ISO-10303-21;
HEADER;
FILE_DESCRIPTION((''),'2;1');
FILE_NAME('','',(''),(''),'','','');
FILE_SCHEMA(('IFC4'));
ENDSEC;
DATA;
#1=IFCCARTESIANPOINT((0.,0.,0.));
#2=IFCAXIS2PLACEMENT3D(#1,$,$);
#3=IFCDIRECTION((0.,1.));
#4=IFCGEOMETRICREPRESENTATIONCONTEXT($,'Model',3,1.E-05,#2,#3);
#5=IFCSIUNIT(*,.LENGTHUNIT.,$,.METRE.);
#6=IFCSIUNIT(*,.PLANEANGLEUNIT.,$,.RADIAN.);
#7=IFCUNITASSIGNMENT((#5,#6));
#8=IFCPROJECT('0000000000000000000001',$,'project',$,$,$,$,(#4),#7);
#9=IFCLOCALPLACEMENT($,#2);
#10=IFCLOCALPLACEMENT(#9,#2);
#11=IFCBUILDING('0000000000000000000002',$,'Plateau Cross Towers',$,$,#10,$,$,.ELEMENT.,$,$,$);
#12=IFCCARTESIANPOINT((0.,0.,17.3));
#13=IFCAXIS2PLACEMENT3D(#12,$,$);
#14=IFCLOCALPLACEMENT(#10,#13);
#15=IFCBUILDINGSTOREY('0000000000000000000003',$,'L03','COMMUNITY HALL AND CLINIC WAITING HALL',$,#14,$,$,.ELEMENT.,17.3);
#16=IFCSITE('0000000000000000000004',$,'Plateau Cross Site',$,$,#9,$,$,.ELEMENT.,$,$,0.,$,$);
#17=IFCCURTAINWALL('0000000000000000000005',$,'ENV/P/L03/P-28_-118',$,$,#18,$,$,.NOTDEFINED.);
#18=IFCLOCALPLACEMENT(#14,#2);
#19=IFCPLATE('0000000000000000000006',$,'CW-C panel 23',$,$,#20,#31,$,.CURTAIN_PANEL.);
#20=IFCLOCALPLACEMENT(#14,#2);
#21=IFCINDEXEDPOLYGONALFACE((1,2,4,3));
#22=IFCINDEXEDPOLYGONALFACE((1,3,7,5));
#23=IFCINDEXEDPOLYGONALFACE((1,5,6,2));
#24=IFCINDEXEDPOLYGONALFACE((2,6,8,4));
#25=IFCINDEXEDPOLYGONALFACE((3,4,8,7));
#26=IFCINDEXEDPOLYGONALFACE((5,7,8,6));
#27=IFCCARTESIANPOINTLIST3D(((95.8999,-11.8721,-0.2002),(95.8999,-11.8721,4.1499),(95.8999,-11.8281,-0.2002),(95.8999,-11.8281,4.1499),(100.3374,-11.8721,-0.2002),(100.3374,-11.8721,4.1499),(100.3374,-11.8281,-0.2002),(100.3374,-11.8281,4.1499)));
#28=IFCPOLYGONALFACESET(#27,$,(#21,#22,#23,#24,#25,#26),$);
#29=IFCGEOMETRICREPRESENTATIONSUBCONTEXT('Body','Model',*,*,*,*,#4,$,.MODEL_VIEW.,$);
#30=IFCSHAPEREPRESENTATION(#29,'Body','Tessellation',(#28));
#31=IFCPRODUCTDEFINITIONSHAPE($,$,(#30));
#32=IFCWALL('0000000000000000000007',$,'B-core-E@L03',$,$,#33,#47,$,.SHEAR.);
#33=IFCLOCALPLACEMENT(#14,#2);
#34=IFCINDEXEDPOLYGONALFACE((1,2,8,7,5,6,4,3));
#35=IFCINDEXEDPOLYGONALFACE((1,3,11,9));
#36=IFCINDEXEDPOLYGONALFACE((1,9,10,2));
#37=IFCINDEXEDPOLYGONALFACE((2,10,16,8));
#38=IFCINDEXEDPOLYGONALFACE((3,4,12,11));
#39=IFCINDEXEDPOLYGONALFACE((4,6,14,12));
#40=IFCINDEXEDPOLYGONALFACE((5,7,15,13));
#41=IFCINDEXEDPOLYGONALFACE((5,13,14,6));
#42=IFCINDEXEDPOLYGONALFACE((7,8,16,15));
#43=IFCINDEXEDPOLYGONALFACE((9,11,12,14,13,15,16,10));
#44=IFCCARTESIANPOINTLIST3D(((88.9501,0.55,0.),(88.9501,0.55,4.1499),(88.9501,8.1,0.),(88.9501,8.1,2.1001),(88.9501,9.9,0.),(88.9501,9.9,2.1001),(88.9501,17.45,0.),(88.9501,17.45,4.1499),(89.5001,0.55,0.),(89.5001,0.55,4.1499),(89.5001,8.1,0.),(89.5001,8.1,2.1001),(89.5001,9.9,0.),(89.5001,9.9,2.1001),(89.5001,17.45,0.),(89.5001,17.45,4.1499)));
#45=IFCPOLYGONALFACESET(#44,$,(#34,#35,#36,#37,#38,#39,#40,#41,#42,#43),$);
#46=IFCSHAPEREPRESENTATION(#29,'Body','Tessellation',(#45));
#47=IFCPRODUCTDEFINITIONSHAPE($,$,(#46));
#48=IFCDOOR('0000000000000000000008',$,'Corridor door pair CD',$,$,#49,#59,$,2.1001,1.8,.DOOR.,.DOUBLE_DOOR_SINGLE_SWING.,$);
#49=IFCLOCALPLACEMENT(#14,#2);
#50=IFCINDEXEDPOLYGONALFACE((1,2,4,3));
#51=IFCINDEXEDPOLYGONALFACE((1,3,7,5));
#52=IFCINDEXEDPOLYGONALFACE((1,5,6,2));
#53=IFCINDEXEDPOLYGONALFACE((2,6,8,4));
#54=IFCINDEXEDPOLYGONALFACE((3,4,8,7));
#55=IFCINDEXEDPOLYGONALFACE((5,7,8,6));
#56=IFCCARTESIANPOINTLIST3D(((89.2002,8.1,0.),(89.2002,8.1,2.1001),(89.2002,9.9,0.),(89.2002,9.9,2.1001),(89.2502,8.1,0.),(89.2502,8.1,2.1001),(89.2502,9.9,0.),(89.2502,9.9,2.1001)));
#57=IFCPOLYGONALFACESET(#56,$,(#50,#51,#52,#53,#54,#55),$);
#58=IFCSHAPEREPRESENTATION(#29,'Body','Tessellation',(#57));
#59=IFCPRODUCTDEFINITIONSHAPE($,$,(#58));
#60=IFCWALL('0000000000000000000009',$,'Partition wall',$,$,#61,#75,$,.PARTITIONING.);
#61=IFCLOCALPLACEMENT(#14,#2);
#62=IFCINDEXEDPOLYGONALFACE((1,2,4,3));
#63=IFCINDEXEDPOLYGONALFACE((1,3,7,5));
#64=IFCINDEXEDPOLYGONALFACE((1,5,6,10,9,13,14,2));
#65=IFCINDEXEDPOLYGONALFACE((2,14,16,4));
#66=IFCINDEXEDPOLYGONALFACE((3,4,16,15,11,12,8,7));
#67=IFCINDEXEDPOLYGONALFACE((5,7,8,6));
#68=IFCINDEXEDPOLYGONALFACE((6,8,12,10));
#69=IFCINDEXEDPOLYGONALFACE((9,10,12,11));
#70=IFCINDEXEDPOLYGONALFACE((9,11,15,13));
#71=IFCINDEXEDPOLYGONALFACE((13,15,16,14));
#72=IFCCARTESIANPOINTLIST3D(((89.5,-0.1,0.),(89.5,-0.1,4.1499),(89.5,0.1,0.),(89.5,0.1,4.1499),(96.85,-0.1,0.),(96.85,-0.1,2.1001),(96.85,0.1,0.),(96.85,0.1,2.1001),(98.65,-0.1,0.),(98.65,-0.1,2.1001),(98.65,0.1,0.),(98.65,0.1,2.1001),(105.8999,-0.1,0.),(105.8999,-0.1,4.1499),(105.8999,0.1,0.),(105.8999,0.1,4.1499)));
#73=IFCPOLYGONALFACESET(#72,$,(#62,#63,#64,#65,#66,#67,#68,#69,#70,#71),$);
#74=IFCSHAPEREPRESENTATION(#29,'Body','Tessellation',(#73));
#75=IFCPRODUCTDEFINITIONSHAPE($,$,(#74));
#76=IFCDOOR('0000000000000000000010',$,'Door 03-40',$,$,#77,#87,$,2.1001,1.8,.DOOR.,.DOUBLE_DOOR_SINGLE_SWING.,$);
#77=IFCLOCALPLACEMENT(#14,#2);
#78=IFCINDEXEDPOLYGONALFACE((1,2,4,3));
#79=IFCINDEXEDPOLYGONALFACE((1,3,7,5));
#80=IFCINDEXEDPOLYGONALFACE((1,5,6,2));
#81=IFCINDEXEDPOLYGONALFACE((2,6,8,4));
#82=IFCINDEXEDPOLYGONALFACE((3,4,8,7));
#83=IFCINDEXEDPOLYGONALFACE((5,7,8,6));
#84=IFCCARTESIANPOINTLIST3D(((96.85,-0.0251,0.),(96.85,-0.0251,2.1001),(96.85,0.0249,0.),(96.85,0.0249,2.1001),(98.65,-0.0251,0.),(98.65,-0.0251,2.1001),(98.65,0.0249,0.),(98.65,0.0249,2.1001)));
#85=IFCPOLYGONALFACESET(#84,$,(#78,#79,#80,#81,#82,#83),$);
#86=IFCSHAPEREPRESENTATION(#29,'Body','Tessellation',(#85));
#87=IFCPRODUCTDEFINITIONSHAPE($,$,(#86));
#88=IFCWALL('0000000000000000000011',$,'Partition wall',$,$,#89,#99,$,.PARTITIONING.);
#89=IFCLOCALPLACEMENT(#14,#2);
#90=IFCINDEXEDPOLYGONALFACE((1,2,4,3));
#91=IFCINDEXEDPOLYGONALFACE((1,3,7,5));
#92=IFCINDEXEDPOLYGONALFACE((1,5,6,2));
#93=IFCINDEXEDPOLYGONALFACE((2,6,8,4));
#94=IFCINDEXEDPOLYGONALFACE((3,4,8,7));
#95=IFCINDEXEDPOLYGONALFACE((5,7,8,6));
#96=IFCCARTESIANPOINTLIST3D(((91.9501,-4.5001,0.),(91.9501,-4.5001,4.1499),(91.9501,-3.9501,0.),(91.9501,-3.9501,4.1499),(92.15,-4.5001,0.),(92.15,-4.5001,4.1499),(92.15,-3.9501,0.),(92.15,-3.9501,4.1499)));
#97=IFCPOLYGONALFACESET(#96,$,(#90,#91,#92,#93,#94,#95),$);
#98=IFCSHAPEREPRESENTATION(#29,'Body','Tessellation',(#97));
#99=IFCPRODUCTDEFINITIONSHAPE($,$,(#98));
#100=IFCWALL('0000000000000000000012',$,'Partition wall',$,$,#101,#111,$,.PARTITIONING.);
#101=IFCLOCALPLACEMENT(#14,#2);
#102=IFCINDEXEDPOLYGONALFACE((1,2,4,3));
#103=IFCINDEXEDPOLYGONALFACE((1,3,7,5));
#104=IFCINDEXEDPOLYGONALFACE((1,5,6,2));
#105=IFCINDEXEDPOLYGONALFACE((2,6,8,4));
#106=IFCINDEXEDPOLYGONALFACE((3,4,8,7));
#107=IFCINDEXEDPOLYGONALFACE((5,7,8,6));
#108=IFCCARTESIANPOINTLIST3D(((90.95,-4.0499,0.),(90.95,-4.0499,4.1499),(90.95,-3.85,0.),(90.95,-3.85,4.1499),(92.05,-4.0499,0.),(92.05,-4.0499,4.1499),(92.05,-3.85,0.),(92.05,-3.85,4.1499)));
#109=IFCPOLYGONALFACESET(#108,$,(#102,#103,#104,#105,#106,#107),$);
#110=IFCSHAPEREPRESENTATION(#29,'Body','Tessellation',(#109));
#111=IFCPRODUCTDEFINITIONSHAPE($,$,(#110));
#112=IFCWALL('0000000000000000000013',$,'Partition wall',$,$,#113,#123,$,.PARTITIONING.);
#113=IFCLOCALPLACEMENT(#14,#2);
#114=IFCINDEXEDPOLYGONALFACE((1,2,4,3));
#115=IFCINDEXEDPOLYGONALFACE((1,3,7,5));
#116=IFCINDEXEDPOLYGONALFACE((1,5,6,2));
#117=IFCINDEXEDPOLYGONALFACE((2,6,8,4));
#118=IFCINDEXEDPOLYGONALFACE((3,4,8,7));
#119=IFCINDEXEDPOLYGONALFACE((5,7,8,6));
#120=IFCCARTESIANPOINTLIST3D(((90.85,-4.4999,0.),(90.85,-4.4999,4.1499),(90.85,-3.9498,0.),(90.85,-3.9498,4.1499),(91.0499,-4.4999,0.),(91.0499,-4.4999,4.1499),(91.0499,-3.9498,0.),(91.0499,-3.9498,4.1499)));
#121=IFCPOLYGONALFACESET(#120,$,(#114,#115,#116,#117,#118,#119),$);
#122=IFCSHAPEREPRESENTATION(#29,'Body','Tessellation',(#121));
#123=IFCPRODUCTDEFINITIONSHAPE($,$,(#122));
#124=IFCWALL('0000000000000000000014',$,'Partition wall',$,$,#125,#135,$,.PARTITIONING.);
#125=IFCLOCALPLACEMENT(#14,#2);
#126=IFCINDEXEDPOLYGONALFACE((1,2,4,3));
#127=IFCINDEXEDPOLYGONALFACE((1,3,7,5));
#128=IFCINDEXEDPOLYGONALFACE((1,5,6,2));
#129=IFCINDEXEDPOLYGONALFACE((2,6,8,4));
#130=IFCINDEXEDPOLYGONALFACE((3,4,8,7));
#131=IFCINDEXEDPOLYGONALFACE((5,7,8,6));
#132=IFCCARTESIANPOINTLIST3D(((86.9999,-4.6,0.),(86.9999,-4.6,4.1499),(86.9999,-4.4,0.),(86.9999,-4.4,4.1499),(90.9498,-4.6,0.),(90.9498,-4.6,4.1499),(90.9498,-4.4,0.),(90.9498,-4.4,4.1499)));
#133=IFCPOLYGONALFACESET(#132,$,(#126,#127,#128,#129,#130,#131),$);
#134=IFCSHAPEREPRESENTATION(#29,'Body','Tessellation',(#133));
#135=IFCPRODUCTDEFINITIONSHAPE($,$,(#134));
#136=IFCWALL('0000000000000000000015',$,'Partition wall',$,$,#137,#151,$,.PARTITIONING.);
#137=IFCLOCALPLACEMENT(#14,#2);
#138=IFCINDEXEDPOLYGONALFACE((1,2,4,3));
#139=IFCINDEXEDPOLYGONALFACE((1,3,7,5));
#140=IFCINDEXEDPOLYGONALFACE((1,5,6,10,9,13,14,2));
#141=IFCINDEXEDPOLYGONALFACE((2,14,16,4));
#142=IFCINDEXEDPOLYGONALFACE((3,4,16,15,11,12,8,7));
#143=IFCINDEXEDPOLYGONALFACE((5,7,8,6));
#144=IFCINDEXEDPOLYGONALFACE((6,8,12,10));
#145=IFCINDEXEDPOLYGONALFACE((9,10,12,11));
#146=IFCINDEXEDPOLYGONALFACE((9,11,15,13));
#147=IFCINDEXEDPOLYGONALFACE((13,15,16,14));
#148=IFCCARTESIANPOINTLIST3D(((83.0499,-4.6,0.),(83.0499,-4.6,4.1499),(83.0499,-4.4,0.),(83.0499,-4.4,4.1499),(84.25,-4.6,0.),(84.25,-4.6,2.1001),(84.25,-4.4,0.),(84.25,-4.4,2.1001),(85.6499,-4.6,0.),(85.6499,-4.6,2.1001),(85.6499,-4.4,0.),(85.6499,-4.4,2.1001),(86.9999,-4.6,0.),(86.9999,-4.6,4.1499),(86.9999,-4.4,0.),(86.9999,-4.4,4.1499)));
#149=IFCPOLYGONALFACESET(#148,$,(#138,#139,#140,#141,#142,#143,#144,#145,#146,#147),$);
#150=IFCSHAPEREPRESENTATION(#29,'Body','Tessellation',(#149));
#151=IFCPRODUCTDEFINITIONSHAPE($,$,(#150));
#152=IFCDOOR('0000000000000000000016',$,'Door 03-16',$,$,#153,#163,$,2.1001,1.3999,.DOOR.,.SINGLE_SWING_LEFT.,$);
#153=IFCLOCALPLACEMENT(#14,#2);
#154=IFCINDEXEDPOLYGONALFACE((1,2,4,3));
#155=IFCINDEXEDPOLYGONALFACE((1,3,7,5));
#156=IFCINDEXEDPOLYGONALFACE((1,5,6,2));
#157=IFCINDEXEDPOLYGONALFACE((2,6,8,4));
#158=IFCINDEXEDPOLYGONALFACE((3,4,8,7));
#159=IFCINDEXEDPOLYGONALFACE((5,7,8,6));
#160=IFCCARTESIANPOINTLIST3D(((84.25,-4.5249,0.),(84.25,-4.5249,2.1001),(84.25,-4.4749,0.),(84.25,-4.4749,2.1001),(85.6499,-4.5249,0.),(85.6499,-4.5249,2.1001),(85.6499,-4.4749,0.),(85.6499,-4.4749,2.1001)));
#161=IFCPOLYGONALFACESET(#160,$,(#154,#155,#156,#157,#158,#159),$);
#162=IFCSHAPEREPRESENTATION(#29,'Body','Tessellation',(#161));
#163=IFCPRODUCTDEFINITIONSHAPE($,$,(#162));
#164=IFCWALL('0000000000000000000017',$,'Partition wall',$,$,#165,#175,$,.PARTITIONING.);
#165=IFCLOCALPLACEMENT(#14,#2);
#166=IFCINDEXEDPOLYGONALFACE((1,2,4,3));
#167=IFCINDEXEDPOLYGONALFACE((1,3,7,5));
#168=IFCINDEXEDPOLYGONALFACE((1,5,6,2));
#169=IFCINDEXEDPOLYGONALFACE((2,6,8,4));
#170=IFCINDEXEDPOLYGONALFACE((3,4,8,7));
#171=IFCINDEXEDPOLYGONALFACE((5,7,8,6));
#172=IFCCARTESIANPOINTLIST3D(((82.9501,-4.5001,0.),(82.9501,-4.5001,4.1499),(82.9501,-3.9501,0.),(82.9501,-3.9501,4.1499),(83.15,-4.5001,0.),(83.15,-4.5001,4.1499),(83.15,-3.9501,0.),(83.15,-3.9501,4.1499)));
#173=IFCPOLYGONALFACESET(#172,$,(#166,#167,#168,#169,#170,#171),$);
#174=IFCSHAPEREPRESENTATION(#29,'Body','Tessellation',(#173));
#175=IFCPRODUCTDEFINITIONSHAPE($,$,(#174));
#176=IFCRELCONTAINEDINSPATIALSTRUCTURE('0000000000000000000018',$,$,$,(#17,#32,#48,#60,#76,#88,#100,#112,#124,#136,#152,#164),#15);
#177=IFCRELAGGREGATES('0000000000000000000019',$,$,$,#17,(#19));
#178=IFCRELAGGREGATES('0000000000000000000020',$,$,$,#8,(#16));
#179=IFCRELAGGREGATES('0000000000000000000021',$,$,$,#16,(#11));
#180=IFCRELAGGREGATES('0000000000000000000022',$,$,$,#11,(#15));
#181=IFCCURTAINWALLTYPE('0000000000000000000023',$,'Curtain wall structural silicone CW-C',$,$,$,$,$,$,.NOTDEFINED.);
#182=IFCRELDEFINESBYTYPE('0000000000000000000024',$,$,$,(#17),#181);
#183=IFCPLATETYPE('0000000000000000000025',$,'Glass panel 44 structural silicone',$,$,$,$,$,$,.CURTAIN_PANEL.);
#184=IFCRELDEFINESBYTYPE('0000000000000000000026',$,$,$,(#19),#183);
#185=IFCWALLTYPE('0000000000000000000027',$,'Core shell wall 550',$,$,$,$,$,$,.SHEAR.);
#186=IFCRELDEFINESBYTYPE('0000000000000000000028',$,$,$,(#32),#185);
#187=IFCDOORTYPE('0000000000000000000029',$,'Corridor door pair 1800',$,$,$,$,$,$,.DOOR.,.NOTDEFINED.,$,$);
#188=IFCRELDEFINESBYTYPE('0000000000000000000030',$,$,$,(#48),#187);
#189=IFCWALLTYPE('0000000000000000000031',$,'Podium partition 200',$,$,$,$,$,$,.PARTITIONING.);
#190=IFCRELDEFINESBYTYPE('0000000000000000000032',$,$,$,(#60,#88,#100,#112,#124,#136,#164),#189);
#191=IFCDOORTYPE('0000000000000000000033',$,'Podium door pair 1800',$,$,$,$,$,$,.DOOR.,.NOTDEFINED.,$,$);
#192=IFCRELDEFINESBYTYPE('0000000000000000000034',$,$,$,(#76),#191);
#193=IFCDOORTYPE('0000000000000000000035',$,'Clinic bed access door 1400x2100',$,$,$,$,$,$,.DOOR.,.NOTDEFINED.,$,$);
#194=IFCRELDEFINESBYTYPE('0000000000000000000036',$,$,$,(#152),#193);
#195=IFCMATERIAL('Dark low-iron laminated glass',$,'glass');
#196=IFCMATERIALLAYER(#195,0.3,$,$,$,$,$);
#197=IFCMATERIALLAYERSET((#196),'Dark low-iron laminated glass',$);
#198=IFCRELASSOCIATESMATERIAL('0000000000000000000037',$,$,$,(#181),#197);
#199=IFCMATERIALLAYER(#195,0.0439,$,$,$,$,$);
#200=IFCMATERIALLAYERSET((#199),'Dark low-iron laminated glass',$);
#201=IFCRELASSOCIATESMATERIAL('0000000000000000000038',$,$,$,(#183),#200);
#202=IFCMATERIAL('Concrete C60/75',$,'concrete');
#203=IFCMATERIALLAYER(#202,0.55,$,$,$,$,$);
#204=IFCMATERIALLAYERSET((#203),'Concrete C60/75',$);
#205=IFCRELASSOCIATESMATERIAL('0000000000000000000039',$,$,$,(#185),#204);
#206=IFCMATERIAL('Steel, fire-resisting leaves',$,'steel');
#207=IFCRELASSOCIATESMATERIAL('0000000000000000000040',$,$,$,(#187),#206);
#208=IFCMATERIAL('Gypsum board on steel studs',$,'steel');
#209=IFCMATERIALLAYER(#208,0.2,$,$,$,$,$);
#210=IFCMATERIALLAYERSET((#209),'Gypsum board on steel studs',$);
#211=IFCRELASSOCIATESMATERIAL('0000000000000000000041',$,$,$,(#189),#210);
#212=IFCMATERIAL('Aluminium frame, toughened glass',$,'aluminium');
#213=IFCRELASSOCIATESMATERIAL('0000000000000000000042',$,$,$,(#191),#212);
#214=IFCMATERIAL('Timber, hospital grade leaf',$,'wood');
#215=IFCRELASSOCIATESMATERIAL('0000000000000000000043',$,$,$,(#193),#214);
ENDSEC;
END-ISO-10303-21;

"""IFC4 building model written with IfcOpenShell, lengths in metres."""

from ifc_helpers import new_model, si_unit, direction, frame, frame_2d, origin, origin_2d, place, context, subcontext, project, spatial, rectangle, extrude, material, layer, layer_set, type_object, element, fill, aggregate, save


model = new_model("IFC4")

# Units and contexts
model_context = context("Model", 3, precision=1e-05, world=origin(), true_north=direction((0.0, 1.0)))
body_context = subcontext(model_context, "Body", "Model", "MODEL_VIEW")
ifc_project = project(units=[si_unit("LENGTHUNIT", "METRE"), si_unit("PLANEANGLEUNIT", "RADIAN")], contexts=[model_context])

# Site, building, storey
site_placement = place(None, origin())
site = spatial("IfcSite", under=ifc_project, at=site_placement, Name="Plateau Cross Site", CompositionType="ELEMENT", RefElevation=0.0)
building_placement = place(site_placement, origin())
building = spatial("IfcBuilding", under=site, at=building_placement, Name="Plateau Cross Towers", CompositionType="ELEMENT")
storey_placement = place(building_placement, frame((0.0, 0.0, 17.3)))
storey = spatial("IfcBuildingStorey", under=building, at=storey_placement, Name="L03", Description="COMMUNITY HALL AND CLINIC WAITING HALL", CompositionType="ELEMENT", Elevation=17.3)

# Shared definitions
ifc_material_1 = material(Name="Concrete C60/75", Category="concrete")

# Curtain wall
ifc_material_2 = material(Name="Dark low-iron laminated glass", Category="glass")
ifc_layer_1 = layer(ifc_material_2, 0.3)
ifc_layer_set_1 = layer_set([ifc_layer_1], Name="Dark low-iron laminated glass")
curtain_wall_type = type_object("IfcCurtainWallType", Name="Curtain wall structural silicone CW-C", PredefinedType="NOTDEFINED", material=ifc_layer_set_1)
curtain_wall_placement = place(storey_placement, origin())
curtain_wall = element("IfcCurtainWall", 1, at=curtain_wall_placement, inside=storey, type_object=curtain_wall_type, Name="ENV/P/L03/P-28_-118", PredefinedType="NOTDEFINED")

# Plate
ifc_layer_2 = layer(ifc_material_2, 0.0439)
ifc_layer_set_2 = layer_set([ifc_layer_2], Name="Dark low-iron laminated glass")
plate_type = type_object("IfcPlateType", Name="Glass panel 44 structural silicone", PredefinedType="CURTAIN_PANEL", material=ifc_layer_set_2)
plate_1_placement = place(storey_placement, frame((98.1187, -11.8501, -0.2002), z_axis=(0.0, 0.0, 1.0), x_axis=(1.0, 0.0, 0.0)))
plate_1 = element("IfcPlate", 2, at=plate_1_placement, type_object=plate_type, Name="CW-C panel 23", PredefinedType="CURTAIN_PANEL", context=body_context, shape_type="SweptSolid", body=[
    extrude(rectangle(XDim=4.4375, YDim=0.0439, at=origin_2d()), origin(), (0.0, 0.0, 1.0), 4.3501),
])
aggregate(curtain_wall, [plate_1])

# Walls, openings, doors
ifc_layer_3 = layer(ifc_material_1, 0.55)
ifc_layer_set_3 = layer_set([ifc_layer_3], Name="Concrete C60/75")
wall_type_1 = type_object("IfcWallType", Name="Core shell wall 550", PredefinedType="SHEAR", material=ifc_layer_set_3)
wall_1_placement = place(storey_placement, frame((89.2251, 0.55, 0.0), z_axis=(0.0, 0.0, 1.0), x_axis=(0.0, 1.0, 0.0)))
wall_1 = element("IfcWall", 3, at=wall_1_placement, inside=storey, type_object=wall_type_1, Name="B-core-E@L03", PredefinedType="SHEAR", context=body_context, shape_type="SweptSolid", body=[
    extrude(rectangle(XDim=16.8999, YDim=0.55, at=frame_2d((8.45, 0.0))), origin(), (0.0, 0.0, 1.0), 4.1499),
])
opening_1_placement = place(wall_1_placement, frame((7.55, 0.0, 0.0)))
opening_1 = element("IfcOpeningElement", 4, at=opening_1_placement, cuts=wall_1, PredefinedType="OPENING", context=body_context, shape_type="SweptSolid", body=[
    extrude(rectangle(XDim=1.8, YDim=2.1001, at=frame_2d((0.8999, 1.05))), frame((0.0, 0.2849, 0.0), z_axis=(0.0, -1.0, 0.0), x_axis=(1.0, 0.0, 0.0)), (0.0, 0.0, 1.0), 0.5701),
])
ifc_material_3 = material(Name="Steel, fire-resisting leaves", Category="steel")
door_type_1 = type_object("IfcDoorType", Name="Corridor door pair 1800", OperationType="NOTDEFINED", PredefinedType="DOOR", material=ifc_material_3)
door_1_placement = place(opening_1_placement, origin())
door_1 = element("IfcDoor", 5, at=door_1_placement, inside=storey, type_object=door_type_1, Name="Corridor door pair CD", OperationType="DOUBLE_DOOR_SINGLE_SWING", OverallHeight=2.1001, OverallWidth=1.8, PredefinedType="DOOR", context=body_context, shape_type="SweptSolid", body=[
    extrude(rectangle(XDim=1.8, YDim=2.1001, at=frame_2d((0.8999, 1.05))), frame((0.0, 0.0249, 0.0), z_axis=(0.0, -1.0, 0.0), x_axis=(1.0, 0.0, 0.0)), (0.0, 0.0, 1.0), 0.05),
])
fill(opening_1, door_1)
ifc_material_4 = material(Name="Gypsum board on steel studs", Category="steel")
ifc_layer_4 = layer(ifc_material_4, 0.2)
ifc_layer_set_4 = layer_set([ifc_layer_4], Name="Gypsum board on steel studs")
wall_type_2 = type_object("IfcWallType", Name="Podium partition 200", PredefinedType="PARTITIONING", material=ifc_layer_set_4)
wall_2_placement = place(storey_placement, frame((89.5, 0.0, 0.0), z_axis=(0.0, 0.0, 1.0), x_axis=(1.0, 0.0, 0.0)))
wall_2 = element("IfcWall", 6, at=wall_2_placement, inside=storey, type_object=wall_type_2, Name="Partition wall", PredefinedType="PARTITIONING", context=body_context, shape_type="SweptSolid", body=[
    extrude(rectangle(XDim=16.3999, YDim=0.2, at=frame_2d((8.2, 0.0))), origin(), (0.0, 0.0, 1.0), 4.1499),
])
opening_2_placement = place(wall_2_placement, frame((7.3501, 0.0, 0.0)))
opening_2 = element("IfcOpeningElement", 7, at=opening_2_placement, cuts=wall_2, PredefinedType="OPENING", context=body_context, shape_type="SweptSolid", body=[
    extrude(rectangle(XDim=1.8, YDim=2.1001, at=frame_2d((0.8999, 1.05))), frame((0.0, 0.1099, 0.0), z_axis=(0.0, -1.0, 0.0), x_axis=(1.0, 0.0, 0.0)), (0.0, 0.0, 1.0), 0.22),
])
ifc_material_5 = material(Name="Aluminium frame, toughened glass", Category="aluminium")
door_type_2 = type_object("IfcDoorType", Name="Podium door pair 1800", OperationType="NOTDEFINED", PredefinedType="DOOR", material=ifc_material_5)
door_2_placement = place(opening_2_placement, origin())
door_2 = element("IfcDoor", 8, at=door_2_placement, inside=storey, type_object=door_type_2, Name="Door 03-40", OperationType="DOUBLE_DOOR_SINGLE_SWING", OverallHeight=2.1001, OverallWidth=1.8, PredefinedType="DOOR", context=body_context, shape_type="SweptSolid", body=[
    extrude(rectangle(XDim=1.8, YDim=2.1001, at=frame_2d((0.8999, 1.05))), frame((0.0, 0.0249, 0.0), z_axis=(0.0, -1.0, 0.0), x_axis=(1.0, 0.0, 0.0)), (0.0, 0.0, 1.0), 0.05),
])
fill(opening_2, door_2)

# Walls
wall_3_placement = place(storey_placement, frame((92.05, -4.5, 0.0), z_axis=(0.0, 0.0, 1.0), x_axis=(0.0, 1.0, 0.0)))
element("IfcWall", 9, at=wall_3_placement, inside=storey, type_object=wall_type_2, Name="Partition wall", PredefinedType="PARTITIONING", context=body_context, shape_type="SweptSolid", body=[
    extrude(rectangle(XDim=0.55, YDim=0.2, at=frame_2d((0.2749, 0.0))), origin(), (0.0, 0.0, 1.0), 4.1499),
])
wall_4_placement = place(storey_placement, frame((92.05, -3.95, 0.0), z_axis=(0.0, 0.0, 1.0), x_axis=(-1.0, 0.0, 0.0)))
element("IfcWall", 10, at=wall_4_placement, inside=storey, type_object=wall_type_2, Name="Partition wall", PredefinedType="PARTITIONING", context=body_context, shape_type="SweptSolid", body=[
    extrude(rectangle(XDim=1.1001, YDim=0.2, at=frame_2d((0.55, 0.0))), origin(), (0.0, 0.0, 1.0), 4.1499),
])
wall_5_placement = place(storey_placement, frame((90.95, -3.95, 0.0), z_axis=(0.0, 0.0, 1.0), x_axis=(0.0, -1.0, 0.0)))
element("IfcWall", 11, at=wall_5_placement, inside=storey, type_object=wall_type_2, Name="Partition wall", PredefinedType="PARTITIONING", context=body_context, shape_type="SweptSolid", body=[
    extrude(rectangle(XDim=0.55, YDim=0.2, at=frame_2d((0.2749, 0.0))), origin(), (0.0, 0.0, 1.0), 4.1499),
])
wall_6_placement = place(storey_placement, frame((90.95, -4.5, 0.0), z_axis=(0.0, 0.0, 1.0), x_axis=(-1.0, 0.0, 0.0)))
element("IfcWall", 12, at=wall_6_placement, inside=storey, type_object=wall_type_2, Name="Partition wall", PredefinedType="PARTITIONING", context=body_context, shape_type="SweptSolid", body=[
    extrude(rectangle(XDim=3.95, YDim=0.2, at=frame_2d((1.9751, 0.0))), origin(), (0.0, 0.0, 1.0), 4.1499),
])

# Wall, opening, door
wall_7_placement = place(storey_placement, frame((87.0, -4.5, 0.0), z_axis=(0.0, 0.0, 1.0), x_axis=(-1.0, 0.0, 0.0)))
wall_7 = element("IfcWall", 13, at=wall_7_placement, inside=storey, type_object=wall_type_2, Name="Partition wall", PredefinedType="PARTITIONING", context=body_context, shape_type="SweptSolid", body=[
    extrude(rectangle(XDim=3.95, YDim=0.2, at=frame_2d((1.9751, 0.0))), origin(), (0.0, 0.0, 1.0), 4.1499),
])
opening_3_placement = place(wall_7_placement, frame((1.3501, 0.0, 0.0)))
opening_3 = element("IfcOpeningElement", 14, at=opening_3_placement, cuts=wall_7, PredefinedType="OPENING", context=body_context, shape_type="SweptSolid", body=[
    extrude(rectangle(XDim=1.3999, YDim=2.1001, at=frame_2d((0.7, 1.05))), frame((0.0, 0.1099, 0.0), z_axis=(0.0, -1.0, 0.0), x_axis=(1.0, 0.0, 0.0)), (0.0, 0.0, 1.0), 0.22),
])
ifc_material_6 = material(Name="Timber, hospital grade leaf", Category="wood")
door_type_3 = type_object("IfcDoorType", Name="Clinic bed access door 1400x2100", OperationType="NOTDEFINED", PredefinedType="DOOR", material=ifc_material_6)
door_3_placement = place(opening_3_placement, origin())
door_3 = element("IfcDoor", 15, at=door_3_placement, inside=storey, type_object=door_type_3, Name="Door 03-16", OperationType="SINGLE_SWING_LEFT", OverallHeight=2.1001, OverallWidth=1.3999, PredefinedType="DOOR", context=body_context, shape_type="SweptSolid", body=[
    extrude(rectangle(XDim=1.3999, YDim=2.1001, at=frame_2d((0.7, 1.05))), frame((0.0, 0.0249, 0.0), z_axis=(0.0, -1.0, 0.0), x_axis=(1.0, 0.0, 0.0)), (0.0, 0.0, 1.0), 0.05),
])
fill(opening_3, door_3)

# Wall
wall_8_placement = place(storey_placement, frame((83.05, -4.5, 0.0), z_axis=(0.0, 0.0, 1.0), x_axis=(0.0, 1.0, 0.0)))
element("IfcWall", 16, at=wall_8_placement, inside=storey, type_object=wall_type_2, Name="Partition wall", PredefinedType="PARTITIONING", context=body_context, shape_type="SweptSolid", body=[
    extrude(rectangle(XDim=0.55, YDim=0.2, at=frame_2d((0.2749, 0.0))), origin(), (0.0, 0.0, 1.0), 4.1499),
])

save(model, "model.ifc")
